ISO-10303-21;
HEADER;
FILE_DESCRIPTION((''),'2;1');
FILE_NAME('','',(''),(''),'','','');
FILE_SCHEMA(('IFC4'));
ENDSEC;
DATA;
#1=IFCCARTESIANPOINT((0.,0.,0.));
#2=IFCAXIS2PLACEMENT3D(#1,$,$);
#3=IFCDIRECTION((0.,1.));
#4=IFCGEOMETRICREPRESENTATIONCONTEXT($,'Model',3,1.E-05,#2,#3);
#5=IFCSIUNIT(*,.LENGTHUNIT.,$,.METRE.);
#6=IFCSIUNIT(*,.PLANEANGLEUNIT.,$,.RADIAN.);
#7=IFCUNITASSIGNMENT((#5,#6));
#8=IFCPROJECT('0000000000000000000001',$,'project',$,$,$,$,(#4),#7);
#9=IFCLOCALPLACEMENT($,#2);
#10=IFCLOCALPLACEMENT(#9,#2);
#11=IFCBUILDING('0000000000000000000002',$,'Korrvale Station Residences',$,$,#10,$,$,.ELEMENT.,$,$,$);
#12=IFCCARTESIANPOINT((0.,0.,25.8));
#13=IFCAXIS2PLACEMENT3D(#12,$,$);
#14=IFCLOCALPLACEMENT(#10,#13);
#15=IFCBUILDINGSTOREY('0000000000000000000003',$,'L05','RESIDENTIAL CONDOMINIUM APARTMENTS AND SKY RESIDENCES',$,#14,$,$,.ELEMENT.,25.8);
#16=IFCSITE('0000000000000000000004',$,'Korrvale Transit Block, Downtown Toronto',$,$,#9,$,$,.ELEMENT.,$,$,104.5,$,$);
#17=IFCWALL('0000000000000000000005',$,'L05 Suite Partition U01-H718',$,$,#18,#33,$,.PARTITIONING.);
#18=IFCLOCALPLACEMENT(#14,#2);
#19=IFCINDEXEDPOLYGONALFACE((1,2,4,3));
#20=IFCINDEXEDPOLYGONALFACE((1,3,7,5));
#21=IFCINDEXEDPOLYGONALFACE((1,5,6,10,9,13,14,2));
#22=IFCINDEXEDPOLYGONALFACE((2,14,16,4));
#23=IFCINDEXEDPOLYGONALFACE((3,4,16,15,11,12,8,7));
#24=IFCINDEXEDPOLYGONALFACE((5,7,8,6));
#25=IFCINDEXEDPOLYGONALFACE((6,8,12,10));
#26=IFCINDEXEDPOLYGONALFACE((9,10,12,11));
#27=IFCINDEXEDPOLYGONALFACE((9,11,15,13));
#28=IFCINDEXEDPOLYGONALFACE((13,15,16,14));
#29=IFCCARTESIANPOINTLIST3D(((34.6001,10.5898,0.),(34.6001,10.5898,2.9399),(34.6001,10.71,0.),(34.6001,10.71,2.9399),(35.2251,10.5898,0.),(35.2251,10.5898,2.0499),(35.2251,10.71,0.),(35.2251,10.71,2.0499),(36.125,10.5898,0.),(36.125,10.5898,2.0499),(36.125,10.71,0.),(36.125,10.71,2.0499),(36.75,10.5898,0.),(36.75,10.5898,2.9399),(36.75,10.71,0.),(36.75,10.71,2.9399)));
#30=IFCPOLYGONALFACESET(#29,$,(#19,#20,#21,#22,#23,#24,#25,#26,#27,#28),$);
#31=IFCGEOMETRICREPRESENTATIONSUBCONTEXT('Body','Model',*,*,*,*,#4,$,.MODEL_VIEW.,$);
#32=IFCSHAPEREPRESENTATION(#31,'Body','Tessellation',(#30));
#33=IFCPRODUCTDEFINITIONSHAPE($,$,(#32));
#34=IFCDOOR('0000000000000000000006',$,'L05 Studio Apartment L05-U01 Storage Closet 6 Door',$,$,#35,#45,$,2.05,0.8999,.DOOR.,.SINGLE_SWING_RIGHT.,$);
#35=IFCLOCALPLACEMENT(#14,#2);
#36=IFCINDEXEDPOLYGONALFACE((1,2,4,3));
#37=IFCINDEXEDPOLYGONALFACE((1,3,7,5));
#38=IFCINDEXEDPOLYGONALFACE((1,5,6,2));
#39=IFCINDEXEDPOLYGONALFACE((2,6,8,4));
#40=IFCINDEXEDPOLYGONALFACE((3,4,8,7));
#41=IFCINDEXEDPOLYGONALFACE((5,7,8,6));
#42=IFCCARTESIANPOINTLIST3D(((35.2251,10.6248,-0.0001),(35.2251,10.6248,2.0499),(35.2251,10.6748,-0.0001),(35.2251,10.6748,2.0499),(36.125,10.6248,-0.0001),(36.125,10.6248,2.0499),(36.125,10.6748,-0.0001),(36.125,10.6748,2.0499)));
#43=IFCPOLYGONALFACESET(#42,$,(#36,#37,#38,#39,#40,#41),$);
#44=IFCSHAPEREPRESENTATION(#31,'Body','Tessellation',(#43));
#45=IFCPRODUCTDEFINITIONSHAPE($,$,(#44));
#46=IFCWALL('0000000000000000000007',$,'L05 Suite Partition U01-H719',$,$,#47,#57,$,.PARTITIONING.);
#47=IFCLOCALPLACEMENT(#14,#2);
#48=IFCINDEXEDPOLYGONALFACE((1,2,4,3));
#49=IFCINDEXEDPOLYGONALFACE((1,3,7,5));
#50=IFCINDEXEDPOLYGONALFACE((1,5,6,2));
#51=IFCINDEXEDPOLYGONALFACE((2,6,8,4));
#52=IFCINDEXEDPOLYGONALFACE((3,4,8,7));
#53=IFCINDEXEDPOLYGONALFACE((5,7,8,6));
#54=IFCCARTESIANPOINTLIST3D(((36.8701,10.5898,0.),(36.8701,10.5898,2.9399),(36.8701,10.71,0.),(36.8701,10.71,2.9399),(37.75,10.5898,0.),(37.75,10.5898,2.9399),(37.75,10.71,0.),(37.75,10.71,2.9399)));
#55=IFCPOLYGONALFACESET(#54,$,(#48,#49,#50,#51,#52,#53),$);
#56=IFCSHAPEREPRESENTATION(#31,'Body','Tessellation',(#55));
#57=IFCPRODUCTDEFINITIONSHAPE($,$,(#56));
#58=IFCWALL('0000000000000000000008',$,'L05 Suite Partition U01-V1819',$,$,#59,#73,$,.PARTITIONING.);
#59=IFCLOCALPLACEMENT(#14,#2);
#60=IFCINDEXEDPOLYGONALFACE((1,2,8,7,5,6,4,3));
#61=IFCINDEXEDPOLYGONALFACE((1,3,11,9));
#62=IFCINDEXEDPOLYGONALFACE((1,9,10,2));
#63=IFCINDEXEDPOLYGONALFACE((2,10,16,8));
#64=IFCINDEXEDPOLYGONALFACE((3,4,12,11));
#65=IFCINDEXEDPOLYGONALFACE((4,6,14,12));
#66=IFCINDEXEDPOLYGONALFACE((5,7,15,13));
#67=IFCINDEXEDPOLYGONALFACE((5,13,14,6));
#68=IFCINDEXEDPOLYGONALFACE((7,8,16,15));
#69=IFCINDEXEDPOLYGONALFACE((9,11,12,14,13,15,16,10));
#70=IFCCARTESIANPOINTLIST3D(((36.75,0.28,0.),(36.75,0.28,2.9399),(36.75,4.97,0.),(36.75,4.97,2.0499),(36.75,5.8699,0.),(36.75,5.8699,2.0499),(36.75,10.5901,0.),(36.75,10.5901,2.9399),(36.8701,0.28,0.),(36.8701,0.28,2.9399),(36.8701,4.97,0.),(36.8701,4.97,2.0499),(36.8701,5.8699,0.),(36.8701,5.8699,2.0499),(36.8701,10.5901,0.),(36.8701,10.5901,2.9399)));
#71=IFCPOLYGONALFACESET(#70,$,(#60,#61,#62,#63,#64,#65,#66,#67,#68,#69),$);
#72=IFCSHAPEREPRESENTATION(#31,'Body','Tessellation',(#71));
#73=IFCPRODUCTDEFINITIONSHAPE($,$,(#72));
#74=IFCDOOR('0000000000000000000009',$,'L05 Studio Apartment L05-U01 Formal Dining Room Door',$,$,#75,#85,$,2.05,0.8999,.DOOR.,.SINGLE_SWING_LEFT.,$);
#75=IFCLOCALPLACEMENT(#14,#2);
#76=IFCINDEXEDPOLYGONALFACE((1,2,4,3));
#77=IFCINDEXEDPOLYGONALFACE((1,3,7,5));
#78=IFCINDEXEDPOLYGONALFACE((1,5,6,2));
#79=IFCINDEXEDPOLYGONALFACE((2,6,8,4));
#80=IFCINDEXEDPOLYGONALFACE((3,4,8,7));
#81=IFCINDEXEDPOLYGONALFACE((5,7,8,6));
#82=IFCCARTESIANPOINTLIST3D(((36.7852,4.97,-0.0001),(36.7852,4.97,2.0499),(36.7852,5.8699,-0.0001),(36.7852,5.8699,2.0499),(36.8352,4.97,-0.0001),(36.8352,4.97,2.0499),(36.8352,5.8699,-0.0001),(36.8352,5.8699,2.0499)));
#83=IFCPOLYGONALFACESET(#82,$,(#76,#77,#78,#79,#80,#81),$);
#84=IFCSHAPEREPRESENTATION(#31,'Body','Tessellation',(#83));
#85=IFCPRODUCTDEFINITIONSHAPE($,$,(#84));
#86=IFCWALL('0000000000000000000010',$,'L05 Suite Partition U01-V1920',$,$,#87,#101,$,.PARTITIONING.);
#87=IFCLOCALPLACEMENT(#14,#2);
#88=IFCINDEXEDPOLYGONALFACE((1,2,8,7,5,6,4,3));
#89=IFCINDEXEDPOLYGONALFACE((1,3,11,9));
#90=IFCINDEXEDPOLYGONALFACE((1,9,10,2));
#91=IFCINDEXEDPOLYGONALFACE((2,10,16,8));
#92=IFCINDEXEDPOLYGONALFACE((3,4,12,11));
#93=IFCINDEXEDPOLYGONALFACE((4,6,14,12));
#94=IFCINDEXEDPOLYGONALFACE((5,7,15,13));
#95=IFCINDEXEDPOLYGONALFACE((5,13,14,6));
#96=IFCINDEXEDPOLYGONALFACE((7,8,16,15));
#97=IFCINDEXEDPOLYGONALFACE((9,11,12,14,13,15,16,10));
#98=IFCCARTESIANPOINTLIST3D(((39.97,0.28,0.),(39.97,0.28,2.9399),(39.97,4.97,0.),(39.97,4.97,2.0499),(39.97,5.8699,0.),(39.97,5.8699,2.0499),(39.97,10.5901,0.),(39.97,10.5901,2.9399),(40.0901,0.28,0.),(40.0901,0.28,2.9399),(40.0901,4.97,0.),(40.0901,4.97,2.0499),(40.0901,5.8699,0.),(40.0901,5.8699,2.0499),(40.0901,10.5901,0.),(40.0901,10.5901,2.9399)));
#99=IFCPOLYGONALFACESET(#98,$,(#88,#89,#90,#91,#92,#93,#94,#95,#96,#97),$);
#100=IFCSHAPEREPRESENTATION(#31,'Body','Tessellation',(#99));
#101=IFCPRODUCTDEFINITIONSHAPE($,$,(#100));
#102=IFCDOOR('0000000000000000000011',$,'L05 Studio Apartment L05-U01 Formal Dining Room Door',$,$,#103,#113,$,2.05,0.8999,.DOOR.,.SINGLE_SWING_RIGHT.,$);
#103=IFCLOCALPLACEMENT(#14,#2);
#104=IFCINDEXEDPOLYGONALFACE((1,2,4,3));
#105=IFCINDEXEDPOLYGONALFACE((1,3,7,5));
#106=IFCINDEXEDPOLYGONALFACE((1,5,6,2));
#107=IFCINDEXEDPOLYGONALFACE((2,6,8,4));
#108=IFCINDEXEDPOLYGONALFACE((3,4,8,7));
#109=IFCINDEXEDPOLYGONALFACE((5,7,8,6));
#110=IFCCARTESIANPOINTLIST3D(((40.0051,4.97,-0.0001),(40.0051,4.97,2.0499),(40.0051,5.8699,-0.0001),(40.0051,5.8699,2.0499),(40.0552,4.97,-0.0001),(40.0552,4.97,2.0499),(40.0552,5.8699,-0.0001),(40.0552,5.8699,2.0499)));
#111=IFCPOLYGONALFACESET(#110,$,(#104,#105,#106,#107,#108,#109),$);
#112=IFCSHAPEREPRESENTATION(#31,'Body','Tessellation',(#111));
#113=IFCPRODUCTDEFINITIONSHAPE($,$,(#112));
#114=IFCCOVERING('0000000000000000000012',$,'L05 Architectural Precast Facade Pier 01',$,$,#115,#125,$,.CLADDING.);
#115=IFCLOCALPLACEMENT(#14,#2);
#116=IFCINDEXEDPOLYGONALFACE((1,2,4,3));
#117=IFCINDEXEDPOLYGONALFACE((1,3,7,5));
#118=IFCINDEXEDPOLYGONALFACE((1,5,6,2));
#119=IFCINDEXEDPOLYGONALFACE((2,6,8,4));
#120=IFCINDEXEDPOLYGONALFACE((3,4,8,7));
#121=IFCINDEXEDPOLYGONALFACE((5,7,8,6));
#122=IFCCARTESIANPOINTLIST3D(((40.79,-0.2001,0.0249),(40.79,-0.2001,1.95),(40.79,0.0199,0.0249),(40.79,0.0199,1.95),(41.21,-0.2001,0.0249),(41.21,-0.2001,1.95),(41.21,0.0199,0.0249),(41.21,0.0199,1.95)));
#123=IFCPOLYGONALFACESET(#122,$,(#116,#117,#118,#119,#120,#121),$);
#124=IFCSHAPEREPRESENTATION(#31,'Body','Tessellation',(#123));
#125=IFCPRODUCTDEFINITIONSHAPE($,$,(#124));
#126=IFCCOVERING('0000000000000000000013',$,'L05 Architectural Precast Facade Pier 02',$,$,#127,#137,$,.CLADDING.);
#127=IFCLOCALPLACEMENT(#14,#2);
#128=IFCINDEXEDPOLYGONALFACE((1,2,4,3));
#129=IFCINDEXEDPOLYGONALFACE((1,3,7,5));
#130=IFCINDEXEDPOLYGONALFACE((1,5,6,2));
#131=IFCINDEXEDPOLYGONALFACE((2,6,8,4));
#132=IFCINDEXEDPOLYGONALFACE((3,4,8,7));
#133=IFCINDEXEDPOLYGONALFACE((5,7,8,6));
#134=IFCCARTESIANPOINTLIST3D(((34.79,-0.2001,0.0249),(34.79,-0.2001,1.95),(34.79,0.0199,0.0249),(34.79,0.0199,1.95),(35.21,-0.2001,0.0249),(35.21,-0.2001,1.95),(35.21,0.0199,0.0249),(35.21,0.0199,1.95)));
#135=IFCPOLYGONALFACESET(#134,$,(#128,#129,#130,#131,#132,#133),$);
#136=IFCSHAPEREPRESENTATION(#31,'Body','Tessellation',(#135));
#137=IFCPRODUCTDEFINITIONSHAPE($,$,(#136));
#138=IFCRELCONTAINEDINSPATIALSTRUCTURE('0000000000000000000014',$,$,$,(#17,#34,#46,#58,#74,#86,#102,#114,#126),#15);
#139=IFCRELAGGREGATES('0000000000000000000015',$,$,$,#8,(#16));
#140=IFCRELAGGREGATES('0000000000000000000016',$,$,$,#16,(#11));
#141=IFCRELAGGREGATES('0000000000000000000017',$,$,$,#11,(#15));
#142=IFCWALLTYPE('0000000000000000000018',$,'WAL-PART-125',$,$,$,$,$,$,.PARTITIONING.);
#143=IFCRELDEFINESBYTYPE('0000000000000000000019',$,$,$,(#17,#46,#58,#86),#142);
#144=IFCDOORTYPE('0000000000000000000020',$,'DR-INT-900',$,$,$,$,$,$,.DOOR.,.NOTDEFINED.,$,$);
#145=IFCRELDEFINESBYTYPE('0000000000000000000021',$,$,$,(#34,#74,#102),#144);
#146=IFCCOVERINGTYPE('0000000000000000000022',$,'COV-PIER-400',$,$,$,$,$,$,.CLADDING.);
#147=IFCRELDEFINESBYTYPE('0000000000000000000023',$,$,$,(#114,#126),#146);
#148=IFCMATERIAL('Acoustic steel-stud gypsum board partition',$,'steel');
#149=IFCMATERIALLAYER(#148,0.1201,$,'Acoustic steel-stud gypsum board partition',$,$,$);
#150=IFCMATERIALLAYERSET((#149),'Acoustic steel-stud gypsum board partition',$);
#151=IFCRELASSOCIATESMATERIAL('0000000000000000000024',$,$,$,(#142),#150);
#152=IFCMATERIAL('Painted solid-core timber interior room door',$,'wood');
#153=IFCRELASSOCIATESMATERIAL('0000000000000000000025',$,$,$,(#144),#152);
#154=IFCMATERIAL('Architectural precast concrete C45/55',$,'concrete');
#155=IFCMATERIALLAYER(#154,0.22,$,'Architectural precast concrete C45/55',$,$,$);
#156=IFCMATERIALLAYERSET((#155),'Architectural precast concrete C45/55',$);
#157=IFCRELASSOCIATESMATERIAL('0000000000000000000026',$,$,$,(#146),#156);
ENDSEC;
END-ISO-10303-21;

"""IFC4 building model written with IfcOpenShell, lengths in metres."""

from ifc_helpers import new_model, si_unit, direction, frame, frame_2d, origin, origin_2d, place, context, subcontext, project, spatial, rectangle, extrude, material, layer, layer_set, type_object, element, fill, save


model = new_model("IFC4")

# Units and contexts
model_context = context("Model", 3, precision=1e-05, world=origin(), true_north=direction((0.0, 1.0)))
body_context = subcontext(model_context, "Body", "Model", "MODEL_VIEW")
ifc_project = project(units=[si_unit("LENGTHUNIT", "METRE"), si_unit("PLANEANGLEUNIT", "RADIAN")], contexts=[model_context])

# Site, building, storey
site_placement = place(None, origin())
site = spatial("IfcSite", under=ifc_project, at=site_placement, Name="Korrvale Transit Block, Downtown Toronto", CompositionType="ELEMENT", RefElevation=104.5)
building_placement = place(site_placement, origin())
building = spatial("IfcBuilding", under=site, at=building_placement, Name="Korrvale Station Residences", CompositionType="ELEMENT")
storey_placement = place(building_placement, frame((0.0, 0.0, 25.8)))
storey = spatial("IfcBuildingStorey", under=building, at=storey_placement, Name="L05", Description="RESIDENTIAL CONDOMINIUM APARTMENTS AND SKY RESIDENCES", CompositionType="ELEMENT", Elevation=25.8)

# Wall, opening, door
ifc_material_1 = material(Name="Acoustic steel-stud gypsum board partition", Category="steel")
ifc_layer_1 = layer(ifc_material_1, 0.1201, Name="Acoustic steel-stud gypsum board partition")
ifc_layer_set_1 = layer_set([ifc_layer_1], Name="Acoustic steel-stud gypsum board partition")
wall_type_1 = type_object("IfcWallType", Name="WAL-PART-125", PredefinedType="PARTITIONING", material=ifc_layer_set_1)
wall_1_placement = place(storey_placement, frame((34.6001, 10.6499, 0.0), z_axis=(0.0, 0.0, 1.0), x_axis=(1.0, 0.0, 0.0)))
wall_1 = element("IfcWall", 1, at=wall_1_placement, inside=storey, type_object=wall_type_1, Name="L05 Suite Partition U01-H718", PredefinedType="PARTITIONING", context=body_context, shape_type="SweptSolid", body=[
    extrude(rectangle(XDim=2.1499, YDim=0.1201, at=frame_2d((1.075, 0.0))), origin(), (0.0, 0.0, 1.0), 2.9399),
])
opening_1_placement = place(wall_1_placement, frame((0.625, 0.0, 0.0)))
opening_1 = element("IfcOpeningElement", 2, at=opening_1_placement, cuts=wall_1, PredefinedType="OPENING", context=body_context, shape_type="SweptSolid", body=[
    extrude(rectangle(XDim=0.8999, YDim=2.05, at=frame_2d((0.45, 1.0249))), frame((0.0, 0.0701, 0.0), z_axis=(0.0, -1.0, 0.0), x_axis=(1.0, 0.0, 0.0)), (0.0, 0.0, 1.0), 0.1401),
])
ifc_material_2 = material(Name="Painted solid-core timber interior room door", Category="wood")
door_type = type_object("IfcDoorType", Name="DR-INT-900", OperationType="NOTDEFINED", PredefinedType="DOOR", material=ifc_material_2)
door_1_placement = place(opening_1_placement, origin())
door_1 = element("IfcDoor", 3, at=door_1_placement, inside=storey, type_object=door_type, Name="L05 Studio Apartment L05-U01 Storage Closet 6 Door", OperationType="SINGLE_SWING_RIGHT", OverallHeight=2.05, OverallWidth=0.8999, PredefinedType="DOOR", context=body_context, shape_type="SweptSolid", body=[
    extrude(rectangle(XDim=0.8999, YDim=2.05, at=frame_2d((0.45, 1.0249))), frame((0.0, 0.0249, 0.0), z_axis=(0.0, -1.0, 0.0), x_axis=(1.0, 0.0, 0.0)), (0.0, 0.0, 1.0), 0.05),
])
fill(opening_1, door_1)

# Wall
wall_2_placement = place(storey_placement, frame((36.8701, 10.6499, 0.0), z_axis=(0.0, 0.0, 1.0), x_axis=(1.0, 0.0, 0.0)))
element("IfcWall", 4, at=wall_2_placement, inside=storey, type_object=wall_type_1, Name="L05 Suite Partition U01-H719", PredefinedType="PARTITIONING", context=body_context, shape_type="SweptSolid", body=[
    extrude(rectangle(XDim=0.8799, YDim=0.1201, at=frame_2d((0.4399, 0.0))), origin(), (0.0, 0.0, 1.0), 2.9399),
])

# Walls, openings, doors
wall_3_placement = place(storey_placement, frame((36.8101, 0.28, 0.0), z_axis=(0.0, 0.0, 1.0), x_axis=(0.0, 1.0, 0.0)))
wall_3 = element("IfcWall", 5, at=wall_3_placement, inside=storey, type_object=wall_type_1, Name="L05 Suite Partition U01-V1819", PredefinedType="PARTITIONING", context=body_context, shape_type="SweptSolid", body=[
    extrude(rectangle(XDim=10.3101, YDim=0.1201, at=frame_2d((5.155, 0.0))), origin(), (0.0, 0.0, 1.0), 2.9399),
])
opening_2_placement = place(wall_3_placement, frame((4.6899, 0.0, 0.0)))
opening_2 = element("IfcOpeningElement", 6, at=opening_2_placement, cuts=wall_3, PredefinedType="OPENING", context=body_context, shape_type="SweptSolid", body=[
    extrude(rectangle(XDim=0.8999, YDim=2.05, at=frame_2d((0.45, 1.0249))), frame((0.0, 0.0701, 0.0), z_axis=(0.0, -1.0, 0.0), x_axis=(1.0, 0.0, 0.0)), (0.0, 0.0, 1.0), 0.1401),
])
door_2_placement = place(opening_2_placement, origin())
door_2 = element("IfcDoor", 7, at=door_2_placement, inside=storey, type_object=door_type, Name="L05 Studio Apartment L05-U01 Formal Dining Room Door", OperationType="SINGLE_SWING_LEFT", OverallHeight=2.05, OverallWidth=0.8999, PredefinedType="DOOR", context=body_context, shape_type="SweptSolid", body=[
    extrude(rectangle(XDim=0.8999, YDim=2.05, at=frame_2d((0.45, 1.0249))), frame((0.0, 0.0249, 0.0), z_axis=(0.0, -1.0, 0.0), x_axis=(1.0, 0.0, 0.0)), (0.0, 0.0, 1.0), 0.05),
])
fill(opening_2, door_2)
wall_4_placement = place(storey_placement, frame((40.03, 0.28, 0.0), z_axis=(0.0, 0.0, 1.0), x_axis=(0.0, 1.0, 0.0)))
wall_4 = element("IfcWall", 8, at=wall_4_placement, inside=storey, type_object=wall_type_1, Name="L05 Suite Partition U01-V1920", PredefinedType="PARTITIONING", context=body_context, shape_type="SweptSolid", body=[
    extrude(rectangle(XDim=10.3101, YDim=0.1201, at=frame_2d((5.155, 0.0))), origin(), (0.0, 0.0, 1.0), 2.9399),
])
opening_3_placement = place(wall_4_placement, frame((4.6899, 0.0, 0.0)))
opening_3 = element("IfcOpeningElement", 9, at=opening_3_placement, cuts=wall_4, PredefinedType="OPENING", context=body_context, shape_type="SweptSolid", body=[
    extrude(rectangle(XDim=0.8999, YDim=2.05, at=frame_2d((0.45, 1.0249))), frame((0.0, 0.0701, 0.0), z_axis=(0.0, -1.0, 0.0), x_axis=(1.0, 0.0, 0.0)), (0.0, 0.0, 1.0), 0.1401),
])
door_3_placement = place(opening_3_placement, origin())
door_3 = element("IfcDoor", 10, at=door_3_placement, inside=storey, type_object=door_type, Name="L05 Studio Apartment L05-U01 Formal Dining Room Door", OperationType="SINGLE_SWING_RIGHT", OverallHeight=2.05, OverallWidth=0.8999, PredefinedType="DOOR", context=body_context, shape_type="SweptSolid", body=[
    extrude(rectangle(XDim=0.8999, YDim=2.05, at=frame_2d((0.45, 1.0249))), frame((0.0, 0.0249, 0.0), z_axis=(0.0, -1.0, 0.0), x_axis=(1.0, 0.0, 0.0)), (0.0, 0.0, 1.0), 0.05),
])
fill(opening_3, door_3)

# Coverings
ifc_material_3 = material(Name="Architectural precast concrete C45/55", Category="concrete")
ifc_layer_2 = layer(ifc_material_3, 0.22, Name="Architectural precast concrete C45/55")
ifc_layer_set_2 = layer_set([ifc_layer_2], Name="Architectural precast concrete C45/55")
covering_type = type_object("IfcCoveringType", Name="COV-PIER-400", PredefinedType="CLADDING", material=ifc_layer_set_2)
for number, where, z_axis, x_axis, name in (
    (11, (41.0, -0.0901, 0.0249), (0.0, 0.0, 1.0), (1.0, 0.0, 0.0), "L05 Architectural Precast Facade Pier 01"),
    (12, (35.0, -0.0901, 0.0249), (0.0, 0.0, 1.0), (1.0, 0.0, 0.0), "L05 Architectural Precast Facade Pier 02"),
):
    element("IfcCovering", number, at=place(storey_placement, frame(where, z_axis=z_axis, x_axis=x_axis)), inside=storey, type_object=covering_type, Name=name, PredefinedType="CLADDING", context=body_context, shape_type="SweptSolid", body=[
        extrude(rectangle(XDim=0.4199, YDim=0.22, at=origin_2d()), origin(), (0.0, 0.0, 1.0), 1.925),
    ])

save(model, "model.ifc")
